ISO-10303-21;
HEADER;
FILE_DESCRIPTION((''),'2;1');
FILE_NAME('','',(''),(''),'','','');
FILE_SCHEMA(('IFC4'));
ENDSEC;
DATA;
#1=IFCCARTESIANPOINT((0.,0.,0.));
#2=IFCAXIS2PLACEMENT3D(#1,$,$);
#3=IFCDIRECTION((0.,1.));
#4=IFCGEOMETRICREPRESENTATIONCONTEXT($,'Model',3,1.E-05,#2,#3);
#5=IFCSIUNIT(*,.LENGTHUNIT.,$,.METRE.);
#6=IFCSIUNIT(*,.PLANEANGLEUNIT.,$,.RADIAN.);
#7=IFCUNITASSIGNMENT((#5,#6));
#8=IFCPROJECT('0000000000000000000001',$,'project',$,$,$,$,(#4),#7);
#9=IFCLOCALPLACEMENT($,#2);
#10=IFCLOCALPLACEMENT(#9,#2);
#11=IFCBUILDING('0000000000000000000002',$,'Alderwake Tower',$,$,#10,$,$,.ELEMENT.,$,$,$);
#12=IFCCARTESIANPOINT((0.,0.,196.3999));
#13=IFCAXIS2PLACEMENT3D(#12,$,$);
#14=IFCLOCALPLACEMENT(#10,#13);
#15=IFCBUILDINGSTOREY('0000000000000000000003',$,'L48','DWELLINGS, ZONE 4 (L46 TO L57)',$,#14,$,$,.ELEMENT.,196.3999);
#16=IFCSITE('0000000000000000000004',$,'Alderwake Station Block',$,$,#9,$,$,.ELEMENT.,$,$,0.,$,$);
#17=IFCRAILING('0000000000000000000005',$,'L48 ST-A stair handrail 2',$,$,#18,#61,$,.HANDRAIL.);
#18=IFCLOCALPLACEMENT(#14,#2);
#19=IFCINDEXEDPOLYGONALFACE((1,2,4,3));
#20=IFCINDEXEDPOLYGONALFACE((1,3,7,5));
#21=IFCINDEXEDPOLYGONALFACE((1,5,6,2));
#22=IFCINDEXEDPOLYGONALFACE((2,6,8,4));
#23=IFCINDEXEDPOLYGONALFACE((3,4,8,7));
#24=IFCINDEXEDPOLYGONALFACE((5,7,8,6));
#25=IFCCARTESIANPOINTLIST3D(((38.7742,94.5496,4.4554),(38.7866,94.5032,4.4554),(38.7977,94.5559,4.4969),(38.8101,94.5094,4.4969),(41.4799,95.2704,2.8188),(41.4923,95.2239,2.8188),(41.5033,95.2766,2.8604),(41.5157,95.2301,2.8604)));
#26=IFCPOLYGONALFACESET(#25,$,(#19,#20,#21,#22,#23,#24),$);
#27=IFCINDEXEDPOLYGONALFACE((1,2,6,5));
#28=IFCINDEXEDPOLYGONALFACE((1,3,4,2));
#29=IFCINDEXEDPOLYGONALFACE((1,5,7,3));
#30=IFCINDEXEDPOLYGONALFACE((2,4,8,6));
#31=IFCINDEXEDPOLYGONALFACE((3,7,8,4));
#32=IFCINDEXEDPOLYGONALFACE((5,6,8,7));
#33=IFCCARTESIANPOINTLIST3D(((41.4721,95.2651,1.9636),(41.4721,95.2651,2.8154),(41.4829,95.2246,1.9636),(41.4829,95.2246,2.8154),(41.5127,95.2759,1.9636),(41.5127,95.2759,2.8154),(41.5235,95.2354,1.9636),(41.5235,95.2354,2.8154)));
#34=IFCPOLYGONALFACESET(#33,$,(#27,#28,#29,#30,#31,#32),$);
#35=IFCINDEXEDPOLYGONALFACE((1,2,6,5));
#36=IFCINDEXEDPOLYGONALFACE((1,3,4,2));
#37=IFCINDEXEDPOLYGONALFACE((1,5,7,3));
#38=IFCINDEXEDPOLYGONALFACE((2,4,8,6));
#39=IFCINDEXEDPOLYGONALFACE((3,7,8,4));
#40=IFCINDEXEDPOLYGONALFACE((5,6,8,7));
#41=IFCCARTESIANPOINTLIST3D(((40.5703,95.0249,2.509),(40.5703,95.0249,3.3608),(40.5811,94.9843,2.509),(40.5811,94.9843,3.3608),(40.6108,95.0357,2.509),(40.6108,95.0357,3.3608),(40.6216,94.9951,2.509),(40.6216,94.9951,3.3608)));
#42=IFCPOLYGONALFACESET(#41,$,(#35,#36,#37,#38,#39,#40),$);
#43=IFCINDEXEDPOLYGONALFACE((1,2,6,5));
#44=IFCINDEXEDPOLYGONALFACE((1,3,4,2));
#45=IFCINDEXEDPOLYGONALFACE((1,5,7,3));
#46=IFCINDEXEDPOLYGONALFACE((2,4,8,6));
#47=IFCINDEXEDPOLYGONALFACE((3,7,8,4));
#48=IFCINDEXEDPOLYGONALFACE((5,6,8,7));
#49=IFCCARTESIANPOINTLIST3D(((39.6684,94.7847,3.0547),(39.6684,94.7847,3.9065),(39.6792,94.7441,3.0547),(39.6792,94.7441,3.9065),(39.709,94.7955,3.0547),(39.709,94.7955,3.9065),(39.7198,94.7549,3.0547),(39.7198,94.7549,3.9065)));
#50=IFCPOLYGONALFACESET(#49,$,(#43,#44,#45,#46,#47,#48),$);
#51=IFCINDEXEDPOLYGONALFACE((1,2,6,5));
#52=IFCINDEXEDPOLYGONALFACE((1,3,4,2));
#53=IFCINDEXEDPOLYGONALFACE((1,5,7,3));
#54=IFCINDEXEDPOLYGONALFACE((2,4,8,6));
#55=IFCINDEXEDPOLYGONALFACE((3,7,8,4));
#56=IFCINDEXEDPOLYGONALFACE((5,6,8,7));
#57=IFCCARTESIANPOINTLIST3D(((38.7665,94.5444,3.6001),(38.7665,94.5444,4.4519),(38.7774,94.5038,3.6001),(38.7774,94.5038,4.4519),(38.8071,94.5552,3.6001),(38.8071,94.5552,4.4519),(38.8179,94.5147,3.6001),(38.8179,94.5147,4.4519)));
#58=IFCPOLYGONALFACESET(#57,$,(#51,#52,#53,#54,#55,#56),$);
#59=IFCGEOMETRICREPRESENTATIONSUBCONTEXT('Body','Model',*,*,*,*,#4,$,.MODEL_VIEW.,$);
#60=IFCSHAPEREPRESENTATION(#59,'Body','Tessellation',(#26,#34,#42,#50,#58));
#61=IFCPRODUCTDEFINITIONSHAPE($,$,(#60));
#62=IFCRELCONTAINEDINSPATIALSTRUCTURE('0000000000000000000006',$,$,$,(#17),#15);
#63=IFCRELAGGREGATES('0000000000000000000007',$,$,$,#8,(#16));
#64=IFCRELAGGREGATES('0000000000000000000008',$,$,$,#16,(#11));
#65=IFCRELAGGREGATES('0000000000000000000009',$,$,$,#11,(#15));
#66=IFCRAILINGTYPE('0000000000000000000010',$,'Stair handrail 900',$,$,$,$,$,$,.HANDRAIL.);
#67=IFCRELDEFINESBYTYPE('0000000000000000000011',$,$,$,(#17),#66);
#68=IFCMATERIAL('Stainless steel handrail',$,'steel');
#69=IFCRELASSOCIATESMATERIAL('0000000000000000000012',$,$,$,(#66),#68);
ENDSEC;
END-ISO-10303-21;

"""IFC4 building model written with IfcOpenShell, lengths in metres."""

from ifc_helpers import new_model, si_unit, direction, frame, origin, origin_2d, place, context, subcontext, project, spatial, rectangle, extrude, material, type_object, element, save


model = new_model("IFC4")

# Units and contexts
model_context = context("Model", 3, precision=1e-05, world=origin(), true_north=direction((0.0, 1.0)))
body_context = subcontext(model_context, "Body", "Model", "MODEL_VIEW")
ifc_project = project(units=[si_unit("LENGTHUNIT", "METRE"), si_unit("PLANEANGLEUNIT", "RADIAN")], contexts=[model_context])

# Site, building, storey
site_placement = place(None, origin())
site = spatial("IfcSite", under=ifc_project, at=site_placement, Name="Alderwake Station Block", CompositionType="ELEMENT", RefElevation=0.0)
building_placement = place(site_placement, origin())
building = spatial("IfcBuilding", under=site, at=building_placement, Name="Alderwake Tower", CompositionType="ELEMENT")
storey_placement = place(building_placement, frame((0.0, 0.0, 196.3999)))
storey = spatial("IfcBuildingStorey", under=building, at=storey_placement, Name="L48", Description="DWELLINGS, ZONE 4 (L46 TO L57)", CompositionType="ELEMENT", Elevation=196.3999)

# Railing
ifc_material_1 = material(Name="Stainless steel handrail", Category="steel")
railing_type_1 = type_object("IfcRailingType", Name="Stair handrail 900", PredefinedType="HANDRAIL", material=ifc_material_1)
railing_1_placement = place(storey_placement, frame((41.4978, 95.2502, 1.9636)))
element("IfcRailing", 1, at=railing_1_placement, inside=storey, type_object=railing_type_1, Name="L48 ST-A stair handrail 2", PredefinedType="HANDRAIL", context=body_context, shape_type="SweptSolid", body=[
    extrude(rectangle(XDim=0.0481, YDim=0.0481, at=origin_2d()), frame((0.0, 0.0, 0.876), z_axis=(-0.834259, -0.222228, 0.504605), x_axis=(0.257402, -0.966304, 0.0)), (0.0, 0.0, 1.0), 3.2432),
    extrude(rectangle(XDim=0.042, YDim=0.042, at=origin_2d()), frame((0.0, 0.0, 0.0), z_axis=(0.0, 0.0, 1.0), x_axis=(-0.966304, -0.257402, 0.0)), (0.0, 0.0, 1.0), 0.8518),
    extrude(rectangle(XDim=0.042, YDim=0.042, at=origin_2d()), frame((-0.9019, -0.2402, 0.5454), z_axis=(0.0, 0.0, 1.0), x_axis=(-0.966304, -0.257402, 0.0)), (0.0, 0.0, 1.0), 0.8518),
    extrude(rectangle(XDim=0.042, YDim=0.042, at=origin_2d()), frame((-1.8037, -0.4805, 1.0911), z_axis=(0.0, 0.0, 1.0), x_axis=(-0.966304, -0.257402, 0.0)), (0.0, 0.0, 1.0), 0.8518),
    extrude(rectangle(XDim=0.042, YDim=0.042, at=origin_2d()), frame((-2.7056, -0.7207, 1.6365), z_axis=(0.0, 0.0, 1.0), x_axis=(-0.966304, -0.257402, 0.0)), (0.0, 0.0, 1.0), 0.8518),
])

save(model, "model.ifc")
